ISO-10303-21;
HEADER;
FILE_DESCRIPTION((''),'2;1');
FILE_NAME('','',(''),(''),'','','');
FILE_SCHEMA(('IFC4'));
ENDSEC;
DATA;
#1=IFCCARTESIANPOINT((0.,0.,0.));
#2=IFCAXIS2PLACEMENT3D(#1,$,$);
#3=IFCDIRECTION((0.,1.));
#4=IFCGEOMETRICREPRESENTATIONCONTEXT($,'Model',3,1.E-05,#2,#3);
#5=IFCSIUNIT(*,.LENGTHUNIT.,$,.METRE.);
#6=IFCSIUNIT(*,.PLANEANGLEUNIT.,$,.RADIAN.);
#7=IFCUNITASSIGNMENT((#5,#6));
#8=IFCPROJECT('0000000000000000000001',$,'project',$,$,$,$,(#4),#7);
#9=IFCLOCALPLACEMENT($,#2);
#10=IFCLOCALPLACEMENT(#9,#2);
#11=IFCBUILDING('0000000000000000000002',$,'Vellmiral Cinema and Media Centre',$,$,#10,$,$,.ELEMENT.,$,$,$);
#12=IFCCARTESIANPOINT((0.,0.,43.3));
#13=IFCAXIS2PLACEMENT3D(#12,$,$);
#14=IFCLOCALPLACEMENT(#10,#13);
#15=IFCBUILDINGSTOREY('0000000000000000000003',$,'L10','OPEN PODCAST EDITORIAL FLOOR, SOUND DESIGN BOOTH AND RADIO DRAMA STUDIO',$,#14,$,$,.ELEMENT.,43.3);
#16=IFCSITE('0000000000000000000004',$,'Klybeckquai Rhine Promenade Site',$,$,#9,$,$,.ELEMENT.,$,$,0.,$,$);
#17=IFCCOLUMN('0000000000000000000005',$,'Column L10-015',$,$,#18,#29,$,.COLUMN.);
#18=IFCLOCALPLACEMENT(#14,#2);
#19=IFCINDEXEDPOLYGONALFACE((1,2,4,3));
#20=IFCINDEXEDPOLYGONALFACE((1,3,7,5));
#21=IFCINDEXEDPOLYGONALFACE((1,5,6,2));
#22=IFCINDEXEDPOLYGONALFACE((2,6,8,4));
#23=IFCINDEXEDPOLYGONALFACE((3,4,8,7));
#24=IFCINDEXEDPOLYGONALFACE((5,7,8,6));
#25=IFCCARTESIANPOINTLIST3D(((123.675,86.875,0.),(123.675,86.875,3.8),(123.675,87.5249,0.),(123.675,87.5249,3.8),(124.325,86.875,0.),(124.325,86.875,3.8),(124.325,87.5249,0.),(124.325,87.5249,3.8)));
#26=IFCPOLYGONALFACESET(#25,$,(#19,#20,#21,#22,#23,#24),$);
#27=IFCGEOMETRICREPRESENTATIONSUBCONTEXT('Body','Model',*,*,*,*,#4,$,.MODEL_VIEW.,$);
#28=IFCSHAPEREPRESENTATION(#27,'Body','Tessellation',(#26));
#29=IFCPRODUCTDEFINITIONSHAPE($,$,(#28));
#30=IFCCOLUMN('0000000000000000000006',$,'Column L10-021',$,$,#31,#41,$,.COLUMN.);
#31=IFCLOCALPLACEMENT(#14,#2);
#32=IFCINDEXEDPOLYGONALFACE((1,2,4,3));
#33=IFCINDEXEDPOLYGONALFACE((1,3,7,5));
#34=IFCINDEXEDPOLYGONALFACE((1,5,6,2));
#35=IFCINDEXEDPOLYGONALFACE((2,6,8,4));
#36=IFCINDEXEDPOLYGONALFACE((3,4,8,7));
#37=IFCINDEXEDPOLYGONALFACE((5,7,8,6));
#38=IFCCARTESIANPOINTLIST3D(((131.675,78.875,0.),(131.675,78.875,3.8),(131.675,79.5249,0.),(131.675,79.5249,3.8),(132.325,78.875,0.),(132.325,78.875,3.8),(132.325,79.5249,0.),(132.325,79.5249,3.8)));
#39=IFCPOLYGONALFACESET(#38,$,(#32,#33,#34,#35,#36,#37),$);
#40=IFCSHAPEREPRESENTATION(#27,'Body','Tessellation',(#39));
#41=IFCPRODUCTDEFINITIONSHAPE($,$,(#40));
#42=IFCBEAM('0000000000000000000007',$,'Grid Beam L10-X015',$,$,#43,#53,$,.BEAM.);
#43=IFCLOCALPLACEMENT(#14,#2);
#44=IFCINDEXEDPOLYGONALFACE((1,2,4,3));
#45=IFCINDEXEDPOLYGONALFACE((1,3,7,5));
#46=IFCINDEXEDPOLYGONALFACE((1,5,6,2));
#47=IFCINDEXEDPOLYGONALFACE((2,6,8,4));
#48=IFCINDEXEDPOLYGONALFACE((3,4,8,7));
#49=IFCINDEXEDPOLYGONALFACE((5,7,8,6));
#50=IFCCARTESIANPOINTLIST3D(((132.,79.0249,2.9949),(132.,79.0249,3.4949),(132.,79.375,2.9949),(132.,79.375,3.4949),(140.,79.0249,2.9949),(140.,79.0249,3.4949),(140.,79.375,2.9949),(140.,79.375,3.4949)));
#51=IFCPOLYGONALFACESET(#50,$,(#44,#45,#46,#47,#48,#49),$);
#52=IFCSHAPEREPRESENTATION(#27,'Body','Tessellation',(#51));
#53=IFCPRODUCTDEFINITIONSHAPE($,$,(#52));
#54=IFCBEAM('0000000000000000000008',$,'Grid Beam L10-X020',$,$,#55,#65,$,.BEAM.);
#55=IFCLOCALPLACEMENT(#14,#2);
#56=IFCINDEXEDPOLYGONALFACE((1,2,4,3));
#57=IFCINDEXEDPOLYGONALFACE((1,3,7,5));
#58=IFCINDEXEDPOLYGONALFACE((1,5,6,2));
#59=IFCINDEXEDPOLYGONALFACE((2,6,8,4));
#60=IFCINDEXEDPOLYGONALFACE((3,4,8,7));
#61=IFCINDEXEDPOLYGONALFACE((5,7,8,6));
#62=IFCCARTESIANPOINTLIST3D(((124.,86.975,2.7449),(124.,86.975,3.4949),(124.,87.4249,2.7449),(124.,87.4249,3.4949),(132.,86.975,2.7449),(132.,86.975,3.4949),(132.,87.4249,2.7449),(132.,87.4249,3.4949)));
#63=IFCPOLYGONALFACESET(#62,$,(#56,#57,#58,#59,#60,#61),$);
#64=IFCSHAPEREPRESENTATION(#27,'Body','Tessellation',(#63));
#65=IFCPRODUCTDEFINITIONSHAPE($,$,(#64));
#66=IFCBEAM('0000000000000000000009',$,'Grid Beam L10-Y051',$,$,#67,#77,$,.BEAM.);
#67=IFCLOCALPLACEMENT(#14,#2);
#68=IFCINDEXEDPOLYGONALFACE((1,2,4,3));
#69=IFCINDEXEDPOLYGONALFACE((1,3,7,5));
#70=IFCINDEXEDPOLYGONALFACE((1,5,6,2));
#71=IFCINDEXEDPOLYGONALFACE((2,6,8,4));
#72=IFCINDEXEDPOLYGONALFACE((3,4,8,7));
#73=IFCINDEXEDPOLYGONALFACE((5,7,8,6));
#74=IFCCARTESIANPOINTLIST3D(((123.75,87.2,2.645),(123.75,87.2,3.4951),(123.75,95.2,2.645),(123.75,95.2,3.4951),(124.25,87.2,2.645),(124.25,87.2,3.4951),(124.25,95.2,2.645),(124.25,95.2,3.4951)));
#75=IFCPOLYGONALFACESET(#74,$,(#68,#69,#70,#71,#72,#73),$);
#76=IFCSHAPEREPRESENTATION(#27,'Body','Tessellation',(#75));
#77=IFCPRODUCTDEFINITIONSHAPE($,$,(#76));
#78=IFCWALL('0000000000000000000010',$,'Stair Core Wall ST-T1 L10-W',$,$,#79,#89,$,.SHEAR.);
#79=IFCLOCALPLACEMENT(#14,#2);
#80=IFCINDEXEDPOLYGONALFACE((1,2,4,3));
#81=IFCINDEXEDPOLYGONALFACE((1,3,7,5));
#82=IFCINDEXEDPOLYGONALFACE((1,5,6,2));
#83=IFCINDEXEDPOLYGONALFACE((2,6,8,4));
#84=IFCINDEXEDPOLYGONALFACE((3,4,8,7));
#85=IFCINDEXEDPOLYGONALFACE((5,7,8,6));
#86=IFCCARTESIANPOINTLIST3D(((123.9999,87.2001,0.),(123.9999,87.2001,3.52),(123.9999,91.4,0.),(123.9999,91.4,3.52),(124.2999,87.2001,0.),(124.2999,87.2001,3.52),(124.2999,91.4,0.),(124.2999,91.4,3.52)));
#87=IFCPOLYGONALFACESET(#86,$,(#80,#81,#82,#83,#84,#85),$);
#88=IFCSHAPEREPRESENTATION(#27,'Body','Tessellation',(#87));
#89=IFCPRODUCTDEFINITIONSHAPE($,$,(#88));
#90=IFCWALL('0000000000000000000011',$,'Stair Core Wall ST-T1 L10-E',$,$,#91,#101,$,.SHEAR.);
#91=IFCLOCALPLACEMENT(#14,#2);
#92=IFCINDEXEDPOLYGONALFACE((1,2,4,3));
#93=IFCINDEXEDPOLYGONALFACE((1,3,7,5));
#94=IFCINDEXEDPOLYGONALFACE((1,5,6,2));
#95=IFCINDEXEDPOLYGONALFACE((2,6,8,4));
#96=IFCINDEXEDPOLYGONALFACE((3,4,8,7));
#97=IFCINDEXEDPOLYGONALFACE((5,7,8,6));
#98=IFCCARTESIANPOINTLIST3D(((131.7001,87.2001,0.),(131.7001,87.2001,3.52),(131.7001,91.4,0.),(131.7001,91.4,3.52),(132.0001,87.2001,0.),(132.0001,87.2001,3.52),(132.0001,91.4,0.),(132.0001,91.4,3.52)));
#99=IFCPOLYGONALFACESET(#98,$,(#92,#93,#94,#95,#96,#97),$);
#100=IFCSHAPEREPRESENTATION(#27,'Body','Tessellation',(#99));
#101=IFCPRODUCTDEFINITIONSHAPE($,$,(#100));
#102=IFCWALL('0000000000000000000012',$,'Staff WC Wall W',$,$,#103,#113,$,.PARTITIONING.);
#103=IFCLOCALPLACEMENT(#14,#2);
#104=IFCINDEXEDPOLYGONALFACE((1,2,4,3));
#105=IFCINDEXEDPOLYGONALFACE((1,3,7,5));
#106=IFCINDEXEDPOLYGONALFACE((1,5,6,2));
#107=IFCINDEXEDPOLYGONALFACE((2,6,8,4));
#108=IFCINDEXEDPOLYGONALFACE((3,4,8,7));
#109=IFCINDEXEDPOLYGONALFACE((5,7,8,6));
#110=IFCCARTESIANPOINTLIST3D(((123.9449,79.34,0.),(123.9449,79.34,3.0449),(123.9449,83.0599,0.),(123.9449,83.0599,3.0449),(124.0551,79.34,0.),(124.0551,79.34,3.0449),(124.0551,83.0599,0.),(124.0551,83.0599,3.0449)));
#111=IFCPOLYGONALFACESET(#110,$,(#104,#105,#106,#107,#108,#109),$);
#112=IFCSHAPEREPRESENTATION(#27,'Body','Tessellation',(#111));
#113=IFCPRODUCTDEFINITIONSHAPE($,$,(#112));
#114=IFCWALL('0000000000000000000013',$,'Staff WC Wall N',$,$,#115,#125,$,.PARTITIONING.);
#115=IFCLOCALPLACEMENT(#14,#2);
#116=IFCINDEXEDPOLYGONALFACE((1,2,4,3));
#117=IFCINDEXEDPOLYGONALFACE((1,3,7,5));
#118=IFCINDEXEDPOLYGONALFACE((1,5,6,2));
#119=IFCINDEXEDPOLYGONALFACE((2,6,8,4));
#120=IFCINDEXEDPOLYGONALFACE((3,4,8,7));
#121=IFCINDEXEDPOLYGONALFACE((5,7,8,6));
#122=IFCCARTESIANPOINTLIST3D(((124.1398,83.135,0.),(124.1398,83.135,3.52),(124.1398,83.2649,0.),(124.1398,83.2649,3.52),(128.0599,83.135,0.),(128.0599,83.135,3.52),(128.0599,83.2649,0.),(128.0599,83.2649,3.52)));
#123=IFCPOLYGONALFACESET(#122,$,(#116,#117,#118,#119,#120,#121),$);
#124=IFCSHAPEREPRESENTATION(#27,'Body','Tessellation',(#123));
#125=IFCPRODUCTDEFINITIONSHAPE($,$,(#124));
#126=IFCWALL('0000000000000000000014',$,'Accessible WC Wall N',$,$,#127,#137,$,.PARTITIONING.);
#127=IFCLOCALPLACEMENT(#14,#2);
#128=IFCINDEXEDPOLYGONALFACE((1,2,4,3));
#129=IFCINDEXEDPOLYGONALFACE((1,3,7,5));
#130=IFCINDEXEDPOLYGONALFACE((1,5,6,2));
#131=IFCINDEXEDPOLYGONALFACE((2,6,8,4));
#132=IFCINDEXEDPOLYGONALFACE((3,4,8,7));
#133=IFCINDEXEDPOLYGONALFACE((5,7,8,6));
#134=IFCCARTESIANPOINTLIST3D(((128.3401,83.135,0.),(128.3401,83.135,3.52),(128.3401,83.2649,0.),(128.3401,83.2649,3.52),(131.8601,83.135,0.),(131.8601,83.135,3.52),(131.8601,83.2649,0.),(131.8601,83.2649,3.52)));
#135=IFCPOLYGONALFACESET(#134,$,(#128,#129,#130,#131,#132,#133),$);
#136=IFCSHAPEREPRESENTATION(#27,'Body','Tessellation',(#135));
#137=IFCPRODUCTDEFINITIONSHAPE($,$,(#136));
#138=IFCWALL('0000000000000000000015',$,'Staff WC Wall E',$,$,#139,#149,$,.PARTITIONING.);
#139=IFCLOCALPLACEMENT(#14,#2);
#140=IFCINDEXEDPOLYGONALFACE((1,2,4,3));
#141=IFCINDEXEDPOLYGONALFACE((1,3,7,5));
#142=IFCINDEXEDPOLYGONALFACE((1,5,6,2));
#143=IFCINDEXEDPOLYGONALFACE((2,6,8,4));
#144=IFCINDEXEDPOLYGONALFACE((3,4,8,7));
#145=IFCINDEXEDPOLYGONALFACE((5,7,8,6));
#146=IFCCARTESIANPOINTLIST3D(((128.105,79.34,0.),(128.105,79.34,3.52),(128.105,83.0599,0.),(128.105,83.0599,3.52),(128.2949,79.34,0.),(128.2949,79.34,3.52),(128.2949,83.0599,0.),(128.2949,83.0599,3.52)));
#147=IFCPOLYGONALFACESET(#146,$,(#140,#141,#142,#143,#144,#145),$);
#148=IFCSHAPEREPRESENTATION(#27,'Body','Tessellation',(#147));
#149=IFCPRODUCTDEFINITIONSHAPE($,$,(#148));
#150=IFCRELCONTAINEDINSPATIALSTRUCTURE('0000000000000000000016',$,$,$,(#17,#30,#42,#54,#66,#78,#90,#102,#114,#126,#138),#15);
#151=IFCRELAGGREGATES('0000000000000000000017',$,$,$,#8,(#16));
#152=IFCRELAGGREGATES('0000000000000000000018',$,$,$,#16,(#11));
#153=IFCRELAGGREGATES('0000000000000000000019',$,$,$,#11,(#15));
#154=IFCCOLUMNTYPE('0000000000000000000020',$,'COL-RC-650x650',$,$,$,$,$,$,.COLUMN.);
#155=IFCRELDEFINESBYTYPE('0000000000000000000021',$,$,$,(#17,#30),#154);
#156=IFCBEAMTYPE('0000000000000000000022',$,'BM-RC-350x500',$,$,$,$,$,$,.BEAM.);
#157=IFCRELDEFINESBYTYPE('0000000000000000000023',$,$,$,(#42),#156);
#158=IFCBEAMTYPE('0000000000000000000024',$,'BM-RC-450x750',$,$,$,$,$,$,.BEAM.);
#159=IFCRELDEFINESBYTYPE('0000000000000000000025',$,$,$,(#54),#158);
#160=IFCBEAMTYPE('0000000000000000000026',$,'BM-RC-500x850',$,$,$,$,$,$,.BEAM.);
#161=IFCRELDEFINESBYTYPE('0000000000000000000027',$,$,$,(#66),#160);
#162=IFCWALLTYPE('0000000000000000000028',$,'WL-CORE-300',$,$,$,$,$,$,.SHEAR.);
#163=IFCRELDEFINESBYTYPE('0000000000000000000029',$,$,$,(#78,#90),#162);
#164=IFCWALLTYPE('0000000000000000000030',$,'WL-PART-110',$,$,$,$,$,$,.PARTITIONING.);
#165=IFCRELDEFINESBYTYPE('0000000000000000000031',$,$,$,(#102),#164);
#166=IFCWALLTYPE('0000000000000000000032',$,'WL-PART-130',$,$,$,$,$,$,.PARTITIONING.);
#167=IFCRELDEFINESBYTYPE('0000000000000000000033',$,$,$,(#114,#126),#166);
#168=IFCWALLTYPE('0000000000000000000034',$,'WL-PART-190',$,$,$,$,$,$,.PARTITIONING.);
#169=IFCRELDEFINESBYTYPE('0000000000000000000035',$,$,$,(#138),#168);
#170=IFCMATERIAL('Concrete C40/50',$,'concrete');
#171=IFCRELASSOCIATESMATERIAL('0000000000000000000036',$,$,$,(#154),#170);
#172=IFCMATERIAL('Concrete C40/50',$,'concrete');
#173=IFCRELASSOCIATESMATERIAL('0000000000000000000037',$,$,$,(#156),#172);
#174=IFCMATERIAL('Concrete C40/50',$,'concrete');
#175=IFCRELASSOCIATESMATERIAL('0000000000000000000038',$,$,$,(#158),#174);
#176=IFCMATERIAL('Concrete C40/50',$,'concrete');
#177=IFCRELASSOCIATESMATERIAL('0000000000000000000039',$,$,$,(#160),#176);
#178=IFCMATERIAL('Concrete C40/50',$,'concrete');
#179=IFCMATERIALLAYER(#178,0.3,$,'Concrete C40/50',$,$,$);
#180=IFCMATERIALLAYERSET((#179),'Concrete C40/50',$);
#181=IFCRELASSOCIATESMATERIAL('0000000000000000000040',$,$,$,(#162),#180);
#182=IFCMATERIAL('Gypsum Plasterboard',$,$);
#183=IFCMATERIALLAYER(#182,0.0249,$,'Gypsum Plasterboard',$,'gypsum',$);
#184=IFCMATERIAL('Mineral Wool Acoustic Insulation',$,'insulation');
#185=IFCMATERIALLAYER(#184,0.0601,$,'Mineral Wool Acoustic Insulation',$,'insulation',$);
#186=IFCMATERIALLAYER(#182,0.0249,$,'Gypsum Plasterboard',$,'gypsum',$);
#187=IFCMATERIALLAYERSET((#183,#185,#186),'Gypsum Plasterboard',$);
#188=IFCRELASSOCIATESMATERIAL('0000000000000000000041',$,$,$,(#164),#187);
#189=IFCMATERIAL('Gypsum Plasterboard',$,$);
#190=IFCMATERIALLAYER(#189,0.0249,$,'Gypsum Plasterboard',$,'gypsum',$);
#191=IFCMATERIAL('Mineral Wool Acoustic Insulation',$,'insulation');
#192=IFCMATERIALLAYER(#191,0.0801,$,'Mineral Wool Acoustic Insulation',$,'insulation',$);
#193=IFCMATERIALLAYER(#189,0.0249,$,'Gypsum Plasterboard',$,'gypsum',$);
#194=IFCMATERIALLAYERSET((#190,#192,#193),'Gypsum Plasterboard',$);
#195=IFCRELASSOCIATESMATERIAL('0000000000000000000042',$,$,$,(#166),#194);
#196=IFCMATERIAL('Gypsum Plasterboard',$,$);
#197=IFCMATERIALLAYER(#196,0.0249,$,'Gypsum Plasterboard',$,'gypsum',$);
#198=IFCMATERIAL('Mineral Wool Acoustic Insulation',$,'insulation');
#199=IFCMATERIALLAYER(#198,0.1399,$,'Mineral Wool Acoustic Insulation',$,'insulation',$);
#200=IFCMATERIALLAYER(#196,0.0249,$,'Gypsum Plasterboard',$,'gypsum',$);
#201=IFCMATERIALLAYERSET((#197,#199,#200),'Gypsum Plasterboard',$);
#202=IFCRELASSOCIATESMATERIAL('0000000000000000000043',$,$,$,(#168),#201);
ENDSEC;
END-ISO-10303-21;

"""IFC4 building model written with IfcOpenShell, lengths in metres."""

from ifc_helpers import new_model, si_unit, direction, frame, frame_2d, origin, origin_2d, place, context, subcontext, project, spatial, rectangle, extrude, material, layer, layer_set, material_profile, profile_set, type_object, element, save


model = new_model("IFC4")

# Units and contexts
model_context = context("Model", 3, precision=1e-05, world=origin(), true_north=direction((0.0, 1.0)))
body_context = subcontext(model_context, "Body", "Model", "MODEL_VIEW")
ifc_project = project(units=[si_unit("LENGTHUNIT", "METRE"), si_unit("PLANEANGLEUNIT", "RADIAN")], contexts=[model_context])

# Site, building, storey
site_placement = place(None, origin())
site = spatial("IfcSite", under=ifc_project, at=site_placement, Name="Klybeckquai Rhine Promenade Site", CompositionType="ELEMENT", RefElevation=0.0)
building_placement = place(site_placement, origin())
building = spatial("IfcBuilding", under=site, at=building_placement, Name="Vellmiral Cinema and Media Centre", CompositionType="ELEMENT")
storey_placement = place(building_placement, frame((0.0, 0.0, 43.3)))
storey = spatial("IfcBuildingStorey", under=building, at=storey_placement, Name="L10", Description="OPEN PODCAST EDITORIAL FLOOR, SOUND DESIGN BOOTH AND RADIO DRAMA STUDIO", CompositionType="ELEMENT", Elevation=43.3)

# Columns
ifc_material_1 = material(Name="Concrete C40/50", Category="concrete")
ifc_material_profile_1 = material_profile(ifc_material_1, rectangle(XDim=0.6499, YDim=0.6499, at=origin_2d()), Name="RC 650x650")
ifc_profile_set_1 = profile_set([ifc_material_profile_1], Name="Concrete C40/50")
column_type = type_object("IfcColumnType", Name="COL-RC-650x650", PredefinedType="COLUMN", material=ifc_profile_set_1)
for number, where, z_axis, x_axis, name in (
    (1, (124.0, 87.2, 0.0), (0.0, 0.0, 1.0), (1.0, 0.0, 0.0), "Column L10-015"),
    (2, (132.0, 79.2, 0.0), (0.0, 0.0, 1.0), (1.0, 0.0, 0.0), "Column L10-021"),
):
    element("IfcColumn", number, at=place(storey_placement, frame(where, z_axis=z_axis, x_axis=x_axis)), inside=storey, type_object=column_type, Name=name, PredefinedType="COLUMN", context=body_context, shape_type="SweptSolid", body=[
        extrude(rectangle(XDim=0.6499, YDim=0.6499, at=origin_2d()), origin(), (0.0, 0.0, 1.0), 3.8),
    ])

# Beams
ifc_material_2 = material(Name="Concrete C40/50", Category="concrete")
ifc_material_profile_2 = material_profile(ifc_material_2, rectangle(XDim=0.3501, YDim=0.5, at=origin_2d()), Name="RC 350x500")
ifc_profile_set_2 = profile_set([ifc_material_profile_2], Name="Concrete C40/50")
beam_type_1 = type_object("IfcBeamType", Name="BM-RC-350x500", PredefinedType="BEAM", material=ifc_profile_set_2)
beam_1_placement = place(storey_placement, frame((132.0, 79.2, 3.2449), z_axis=(1.0, 0.0, 0.0), x_axis=(0.0, 1.0, 0.0)))
element("IfcBeam", 3, at=beam_1_placement, inside=storey, type_object=beam_type_1, Name="Grid Beam L10-X015", PredefinedType="BEAM", context=body_context, shape_type="SweptSolid", body=[
    extrude(rectangle(XDim=0.3501, YDim=0.5, at=origin_2d()), origin(), (0.0, 0.0, 1.0), 8.0),
])
ifc_material_3 = material(Name="Concrete C40/50", Category="concrete")
ifc_material_profile_3 = material_profile(ifc_material_3, rectangle(XDim=0.45, YDim=0.75, at=origin_2d()), Name="RC 450x750")
ifc_profile_set_3 = profile_set([ifc_material_profile_3], Name="Concrete C40/50")
beam_type_2 = type_object("IfcBeamType", Name="BM-RC-450x750", PredefinedType="BEAM", material=ifc_profile_set_3)
beam_2_placement = place(storey_placement, frame((124.0, 87.2, 3.1199), z_axis=(1.0, 0.0, 0.0), x_axis=(0.0, 1.0, 0.0)))
element("IfcBeam", 4, at=beam_2_placement, inside=storey, type_object=beam_type_2, Name="Grid Beam L10-X020", PredefinedType="BEAM", context=body_context, shape_type="SweptSolid", body=[
    extrude(rectangle(XDim=0.45, YDim=0.75, at=origin_2d()), origin(), (0.0, 0.0, 1.0), 8.0),
])
ifc_material_4 = material(Name="Concrete C40/50", Category="concrete")
ifc_material_profile_4 = material_profile(ifc_material_4, rectangle(XDim=0.5, YDim=0.8501, at=origin_2d()), Name="RC 500x850")
ifc_profile_set_4 = profile_set([ifc_material_profile_4], Name="Concrete C40/50")
beam_type_3 = type_object("IfcBeamType", Name="BM-RC-500x850", PredefinedType="BEAM", material=ifc_profile_set_4)
beam_3_placement = place(storey_placement, frame((124.0, 87.2, 3.0701), z_axis=(0.0, 1.0, 0.0), x_axis=(-1.0, 0.0, 0.0)))
element("IfcBeam", 5, at=beam_3_placement, inside=storey, type_object=beam_type_3, Name="Grid Beam L10-Y051", PredefinedType="BEAM", context=body_context, shape_type="SweptSolid", body=[
    extrude(rectangle(XDim=0.5, YDim=0.8501, at=origin_2d()), origin(), (0.0, 0.0, 1.0), 8.0),
])

# Walls
ifc_material_5 = material(Name="Concrete C40/50", Category="concrete")
ifc_layer_1 = layer(ifc_material_5, 0.3, Name="Concrete C40/50")
ifc_layer_set_1 = layer_set([ifc_layer_1], Name="Concrete C40/50")
wall_type_1 = type_object("IfcWallType", Name="WL-CORE-300", PredefinedType="SHEAR", material=ifc_layer_set_1)
for number, where, z_axis, x_axis, name in (
    (6, (124.1499, 87.2, 0.0), (0.0, 0.0, 1.0), (0.0, 1.0, 0.0), "Stair Core Wall ST-T1 L10-W"),
    (7, (131.8501, 87.2, 0.0), (0.0, 0.0, 1.0), (0.0, 1.0, 0.0), "Stair Core Wall ST-T1 L10-E"),
):
    element("IfcWall", number, at=place(storey_placement, frame(where, z_axis=z_axis, x_axis=x_axis)), inside=storey, type_object=wall_type_1, Name=name, PredefinedType="SHEAR", context=body_context, shape_type="SweptSolid", body=[
        extrude(rectangle(XDim=4.2, YDim=0.3, at=frame_2d((2.1001, 0.0))), origin(), (0.0, 0.0, 1.0), 3.52),
    ])
ifc_material_6 = material(Name="Gypsum Plasterboard")
ifc_layer_2 = layer(ifc_material_6, 0.0249, Name="Gypsum Plasterboard", Category="gypsum")
ifc_material_7 = material(Name="Mineral Wool Acoustic Insulation", Category="insulation")
ifc_layer_3 = layer(ifc_material_7, 0.0601, Name="Mineral Wool Acoustic Insulation", Category="insulation")
ifc_layer_4 = layer(ifc_material_6, 0.0249, Name="Gypsum Plasterboard", Category="gypsum")
ifc_layer_set_2 = layer_set([ifc_layer_2, ifc_layer_3, ifc_layer_4], Name="Gypsum Plasterboard")
wall_type_2 = type_object("IfcWallType", Name="WL-PART-110", PredefinedType="PARTITIONING", material=ifc_layer_set_2)
wall_1_placement = place(storey_placement, frame((124.0, 79.3401, 0.0), z_axis=(0.0, 0.0, 1.0), x_axis=(0.0, 1.0, 0.0)))
element("IfcWall", 8, at=wall_1_placement, inside=storey, type_object=wall_type_2, Name="Staff WC Wall W", PredefinedType="PARTITIONING", context=body_context, shape_type="SweptSolid", body=[
    extrude(rectangle(XDim=3.72, YDim=0.1101, at=frame_2d((1.8599, 0.0))), origin(), (0.0, 0.0, 1.0), 3.0449),
])
ifc_material_8 = material(Name="Gypsum Plasterboard")
ifc_layer_5 = layer(ifc_material_8, 0.0249, Name="Gypsum Plasterboard", Category="gypsum")
ifc_material_9 = material(Name="Mineral Wool Acoustic Insulation", Category="insulation")
ifc_layer_6 = layer(ifc_material_9, 0.0801, Name="Mineral Wool Acoustic Insulation", Category="insulation")
ifc_layer_7 = layer(ifc_material_8, 0.0249, Name="Gypsum Plasterboard", Category="gypsum")
ifc_layer_set_3 = layer_set([ifc_layer_5, ifc_layer_6, ifc_layer_7], Name="Gypsum Plasterboard")
wall_type_3 = type_object("IfcWallType", Name="WL-PART-130", PredefinedType="PARTITIONING", material=ifc_layer_set_3)
wall_2_placement = place(storey_placement, frame((124.1399, 83.2, 0.0), z_axis=(0.0, 0.0, 1.0), x_axis=(1.0, 0.0, 0.0)))
element("IfcWall", 9, at=wall_2_placement, inside=storey, type_object=wall_type_3, Name="Staff WC Wall N", PredefinedType="PARTITIONING", context=body_context, shape_type="SweptSolid", body=[
    extrude(rectangle(XDim=3.9202, YDim=0.1299, at=frame_2d((1.96, 0.0))), origin(), (0.0, 0.0, 1.0), 3.52),
])
wall_3_placement = place(storey_placement, frame((128.3401, 83.2, 0.0), z_axis=(0.0, 0.0, 1.0), x_axis=(1.0, 0.0, 0.0)))
element("IfcWall", 10, at=wall_3_placement, inside=storey, type_object=wall_type_3, Name="Accessible WC Wall N", PredefinedType="PARTITIONING", context=body_context, shape_type="SweptSolid", body=[
    extrude(rectangle(XDim=3.52, YDim=0.1299, at=frame_2d((1.76, 0.0))), origin(), (0.0, 0.0, 1.0), 3.52),
])

# Wall
ifc_material_10 = material(Name="Gypsum Plasterboard")
ifc_layer_8 = layer(ifc_material_10, 0.0249, Name="Gypsum Plasterboard", Category="gypsum")
ifc_material_11 = material(Name="Mineral Wool Acoustic Insulation", Category="insulation")
ifc_layer_9 = layer(ifc_material_11, 0.1399, Name="Mineral Wool Acoustic Insulation", Category="insulation")
ifc_layer_10 = layer(ifc_material_10, 0.0249, Name="Gypsum Plasterboard", Category="gypsum")
ifc_layer_set_4 = layer_set([ifc_layer_8, ifc_layer_9, ifc_layer_10], Name="Gypsum Plasterboard")
wall_type_4 = type_object("IfcWallType", Name="WL-PART-190", PredefinedType="PARTITIONING", material=ifc_layer_set_4)
wall_4_placement = place(storey_placement, frame((128.2, 79.3401, 0.0), z_axis=(0.0, 0.0, 1.0), x_axis=(0.0, 1.0, 0.0)))
element("IfcWall", 11, at=wall_4_placement, inside=storey, type_object=wall_type_4, Name="Staff WC Wall E", PredefinedType="PARTITIONING", context=body_context, shape_type="SweptSolid", body=[
    extrude(rectangle(XDim=3.72, YDim=0.1899, at=frame_2d((1.8599, 0.0))), origin(), (0.0, 0.0, 1.0), 3.52),
])

save(model, "model.ifc")
